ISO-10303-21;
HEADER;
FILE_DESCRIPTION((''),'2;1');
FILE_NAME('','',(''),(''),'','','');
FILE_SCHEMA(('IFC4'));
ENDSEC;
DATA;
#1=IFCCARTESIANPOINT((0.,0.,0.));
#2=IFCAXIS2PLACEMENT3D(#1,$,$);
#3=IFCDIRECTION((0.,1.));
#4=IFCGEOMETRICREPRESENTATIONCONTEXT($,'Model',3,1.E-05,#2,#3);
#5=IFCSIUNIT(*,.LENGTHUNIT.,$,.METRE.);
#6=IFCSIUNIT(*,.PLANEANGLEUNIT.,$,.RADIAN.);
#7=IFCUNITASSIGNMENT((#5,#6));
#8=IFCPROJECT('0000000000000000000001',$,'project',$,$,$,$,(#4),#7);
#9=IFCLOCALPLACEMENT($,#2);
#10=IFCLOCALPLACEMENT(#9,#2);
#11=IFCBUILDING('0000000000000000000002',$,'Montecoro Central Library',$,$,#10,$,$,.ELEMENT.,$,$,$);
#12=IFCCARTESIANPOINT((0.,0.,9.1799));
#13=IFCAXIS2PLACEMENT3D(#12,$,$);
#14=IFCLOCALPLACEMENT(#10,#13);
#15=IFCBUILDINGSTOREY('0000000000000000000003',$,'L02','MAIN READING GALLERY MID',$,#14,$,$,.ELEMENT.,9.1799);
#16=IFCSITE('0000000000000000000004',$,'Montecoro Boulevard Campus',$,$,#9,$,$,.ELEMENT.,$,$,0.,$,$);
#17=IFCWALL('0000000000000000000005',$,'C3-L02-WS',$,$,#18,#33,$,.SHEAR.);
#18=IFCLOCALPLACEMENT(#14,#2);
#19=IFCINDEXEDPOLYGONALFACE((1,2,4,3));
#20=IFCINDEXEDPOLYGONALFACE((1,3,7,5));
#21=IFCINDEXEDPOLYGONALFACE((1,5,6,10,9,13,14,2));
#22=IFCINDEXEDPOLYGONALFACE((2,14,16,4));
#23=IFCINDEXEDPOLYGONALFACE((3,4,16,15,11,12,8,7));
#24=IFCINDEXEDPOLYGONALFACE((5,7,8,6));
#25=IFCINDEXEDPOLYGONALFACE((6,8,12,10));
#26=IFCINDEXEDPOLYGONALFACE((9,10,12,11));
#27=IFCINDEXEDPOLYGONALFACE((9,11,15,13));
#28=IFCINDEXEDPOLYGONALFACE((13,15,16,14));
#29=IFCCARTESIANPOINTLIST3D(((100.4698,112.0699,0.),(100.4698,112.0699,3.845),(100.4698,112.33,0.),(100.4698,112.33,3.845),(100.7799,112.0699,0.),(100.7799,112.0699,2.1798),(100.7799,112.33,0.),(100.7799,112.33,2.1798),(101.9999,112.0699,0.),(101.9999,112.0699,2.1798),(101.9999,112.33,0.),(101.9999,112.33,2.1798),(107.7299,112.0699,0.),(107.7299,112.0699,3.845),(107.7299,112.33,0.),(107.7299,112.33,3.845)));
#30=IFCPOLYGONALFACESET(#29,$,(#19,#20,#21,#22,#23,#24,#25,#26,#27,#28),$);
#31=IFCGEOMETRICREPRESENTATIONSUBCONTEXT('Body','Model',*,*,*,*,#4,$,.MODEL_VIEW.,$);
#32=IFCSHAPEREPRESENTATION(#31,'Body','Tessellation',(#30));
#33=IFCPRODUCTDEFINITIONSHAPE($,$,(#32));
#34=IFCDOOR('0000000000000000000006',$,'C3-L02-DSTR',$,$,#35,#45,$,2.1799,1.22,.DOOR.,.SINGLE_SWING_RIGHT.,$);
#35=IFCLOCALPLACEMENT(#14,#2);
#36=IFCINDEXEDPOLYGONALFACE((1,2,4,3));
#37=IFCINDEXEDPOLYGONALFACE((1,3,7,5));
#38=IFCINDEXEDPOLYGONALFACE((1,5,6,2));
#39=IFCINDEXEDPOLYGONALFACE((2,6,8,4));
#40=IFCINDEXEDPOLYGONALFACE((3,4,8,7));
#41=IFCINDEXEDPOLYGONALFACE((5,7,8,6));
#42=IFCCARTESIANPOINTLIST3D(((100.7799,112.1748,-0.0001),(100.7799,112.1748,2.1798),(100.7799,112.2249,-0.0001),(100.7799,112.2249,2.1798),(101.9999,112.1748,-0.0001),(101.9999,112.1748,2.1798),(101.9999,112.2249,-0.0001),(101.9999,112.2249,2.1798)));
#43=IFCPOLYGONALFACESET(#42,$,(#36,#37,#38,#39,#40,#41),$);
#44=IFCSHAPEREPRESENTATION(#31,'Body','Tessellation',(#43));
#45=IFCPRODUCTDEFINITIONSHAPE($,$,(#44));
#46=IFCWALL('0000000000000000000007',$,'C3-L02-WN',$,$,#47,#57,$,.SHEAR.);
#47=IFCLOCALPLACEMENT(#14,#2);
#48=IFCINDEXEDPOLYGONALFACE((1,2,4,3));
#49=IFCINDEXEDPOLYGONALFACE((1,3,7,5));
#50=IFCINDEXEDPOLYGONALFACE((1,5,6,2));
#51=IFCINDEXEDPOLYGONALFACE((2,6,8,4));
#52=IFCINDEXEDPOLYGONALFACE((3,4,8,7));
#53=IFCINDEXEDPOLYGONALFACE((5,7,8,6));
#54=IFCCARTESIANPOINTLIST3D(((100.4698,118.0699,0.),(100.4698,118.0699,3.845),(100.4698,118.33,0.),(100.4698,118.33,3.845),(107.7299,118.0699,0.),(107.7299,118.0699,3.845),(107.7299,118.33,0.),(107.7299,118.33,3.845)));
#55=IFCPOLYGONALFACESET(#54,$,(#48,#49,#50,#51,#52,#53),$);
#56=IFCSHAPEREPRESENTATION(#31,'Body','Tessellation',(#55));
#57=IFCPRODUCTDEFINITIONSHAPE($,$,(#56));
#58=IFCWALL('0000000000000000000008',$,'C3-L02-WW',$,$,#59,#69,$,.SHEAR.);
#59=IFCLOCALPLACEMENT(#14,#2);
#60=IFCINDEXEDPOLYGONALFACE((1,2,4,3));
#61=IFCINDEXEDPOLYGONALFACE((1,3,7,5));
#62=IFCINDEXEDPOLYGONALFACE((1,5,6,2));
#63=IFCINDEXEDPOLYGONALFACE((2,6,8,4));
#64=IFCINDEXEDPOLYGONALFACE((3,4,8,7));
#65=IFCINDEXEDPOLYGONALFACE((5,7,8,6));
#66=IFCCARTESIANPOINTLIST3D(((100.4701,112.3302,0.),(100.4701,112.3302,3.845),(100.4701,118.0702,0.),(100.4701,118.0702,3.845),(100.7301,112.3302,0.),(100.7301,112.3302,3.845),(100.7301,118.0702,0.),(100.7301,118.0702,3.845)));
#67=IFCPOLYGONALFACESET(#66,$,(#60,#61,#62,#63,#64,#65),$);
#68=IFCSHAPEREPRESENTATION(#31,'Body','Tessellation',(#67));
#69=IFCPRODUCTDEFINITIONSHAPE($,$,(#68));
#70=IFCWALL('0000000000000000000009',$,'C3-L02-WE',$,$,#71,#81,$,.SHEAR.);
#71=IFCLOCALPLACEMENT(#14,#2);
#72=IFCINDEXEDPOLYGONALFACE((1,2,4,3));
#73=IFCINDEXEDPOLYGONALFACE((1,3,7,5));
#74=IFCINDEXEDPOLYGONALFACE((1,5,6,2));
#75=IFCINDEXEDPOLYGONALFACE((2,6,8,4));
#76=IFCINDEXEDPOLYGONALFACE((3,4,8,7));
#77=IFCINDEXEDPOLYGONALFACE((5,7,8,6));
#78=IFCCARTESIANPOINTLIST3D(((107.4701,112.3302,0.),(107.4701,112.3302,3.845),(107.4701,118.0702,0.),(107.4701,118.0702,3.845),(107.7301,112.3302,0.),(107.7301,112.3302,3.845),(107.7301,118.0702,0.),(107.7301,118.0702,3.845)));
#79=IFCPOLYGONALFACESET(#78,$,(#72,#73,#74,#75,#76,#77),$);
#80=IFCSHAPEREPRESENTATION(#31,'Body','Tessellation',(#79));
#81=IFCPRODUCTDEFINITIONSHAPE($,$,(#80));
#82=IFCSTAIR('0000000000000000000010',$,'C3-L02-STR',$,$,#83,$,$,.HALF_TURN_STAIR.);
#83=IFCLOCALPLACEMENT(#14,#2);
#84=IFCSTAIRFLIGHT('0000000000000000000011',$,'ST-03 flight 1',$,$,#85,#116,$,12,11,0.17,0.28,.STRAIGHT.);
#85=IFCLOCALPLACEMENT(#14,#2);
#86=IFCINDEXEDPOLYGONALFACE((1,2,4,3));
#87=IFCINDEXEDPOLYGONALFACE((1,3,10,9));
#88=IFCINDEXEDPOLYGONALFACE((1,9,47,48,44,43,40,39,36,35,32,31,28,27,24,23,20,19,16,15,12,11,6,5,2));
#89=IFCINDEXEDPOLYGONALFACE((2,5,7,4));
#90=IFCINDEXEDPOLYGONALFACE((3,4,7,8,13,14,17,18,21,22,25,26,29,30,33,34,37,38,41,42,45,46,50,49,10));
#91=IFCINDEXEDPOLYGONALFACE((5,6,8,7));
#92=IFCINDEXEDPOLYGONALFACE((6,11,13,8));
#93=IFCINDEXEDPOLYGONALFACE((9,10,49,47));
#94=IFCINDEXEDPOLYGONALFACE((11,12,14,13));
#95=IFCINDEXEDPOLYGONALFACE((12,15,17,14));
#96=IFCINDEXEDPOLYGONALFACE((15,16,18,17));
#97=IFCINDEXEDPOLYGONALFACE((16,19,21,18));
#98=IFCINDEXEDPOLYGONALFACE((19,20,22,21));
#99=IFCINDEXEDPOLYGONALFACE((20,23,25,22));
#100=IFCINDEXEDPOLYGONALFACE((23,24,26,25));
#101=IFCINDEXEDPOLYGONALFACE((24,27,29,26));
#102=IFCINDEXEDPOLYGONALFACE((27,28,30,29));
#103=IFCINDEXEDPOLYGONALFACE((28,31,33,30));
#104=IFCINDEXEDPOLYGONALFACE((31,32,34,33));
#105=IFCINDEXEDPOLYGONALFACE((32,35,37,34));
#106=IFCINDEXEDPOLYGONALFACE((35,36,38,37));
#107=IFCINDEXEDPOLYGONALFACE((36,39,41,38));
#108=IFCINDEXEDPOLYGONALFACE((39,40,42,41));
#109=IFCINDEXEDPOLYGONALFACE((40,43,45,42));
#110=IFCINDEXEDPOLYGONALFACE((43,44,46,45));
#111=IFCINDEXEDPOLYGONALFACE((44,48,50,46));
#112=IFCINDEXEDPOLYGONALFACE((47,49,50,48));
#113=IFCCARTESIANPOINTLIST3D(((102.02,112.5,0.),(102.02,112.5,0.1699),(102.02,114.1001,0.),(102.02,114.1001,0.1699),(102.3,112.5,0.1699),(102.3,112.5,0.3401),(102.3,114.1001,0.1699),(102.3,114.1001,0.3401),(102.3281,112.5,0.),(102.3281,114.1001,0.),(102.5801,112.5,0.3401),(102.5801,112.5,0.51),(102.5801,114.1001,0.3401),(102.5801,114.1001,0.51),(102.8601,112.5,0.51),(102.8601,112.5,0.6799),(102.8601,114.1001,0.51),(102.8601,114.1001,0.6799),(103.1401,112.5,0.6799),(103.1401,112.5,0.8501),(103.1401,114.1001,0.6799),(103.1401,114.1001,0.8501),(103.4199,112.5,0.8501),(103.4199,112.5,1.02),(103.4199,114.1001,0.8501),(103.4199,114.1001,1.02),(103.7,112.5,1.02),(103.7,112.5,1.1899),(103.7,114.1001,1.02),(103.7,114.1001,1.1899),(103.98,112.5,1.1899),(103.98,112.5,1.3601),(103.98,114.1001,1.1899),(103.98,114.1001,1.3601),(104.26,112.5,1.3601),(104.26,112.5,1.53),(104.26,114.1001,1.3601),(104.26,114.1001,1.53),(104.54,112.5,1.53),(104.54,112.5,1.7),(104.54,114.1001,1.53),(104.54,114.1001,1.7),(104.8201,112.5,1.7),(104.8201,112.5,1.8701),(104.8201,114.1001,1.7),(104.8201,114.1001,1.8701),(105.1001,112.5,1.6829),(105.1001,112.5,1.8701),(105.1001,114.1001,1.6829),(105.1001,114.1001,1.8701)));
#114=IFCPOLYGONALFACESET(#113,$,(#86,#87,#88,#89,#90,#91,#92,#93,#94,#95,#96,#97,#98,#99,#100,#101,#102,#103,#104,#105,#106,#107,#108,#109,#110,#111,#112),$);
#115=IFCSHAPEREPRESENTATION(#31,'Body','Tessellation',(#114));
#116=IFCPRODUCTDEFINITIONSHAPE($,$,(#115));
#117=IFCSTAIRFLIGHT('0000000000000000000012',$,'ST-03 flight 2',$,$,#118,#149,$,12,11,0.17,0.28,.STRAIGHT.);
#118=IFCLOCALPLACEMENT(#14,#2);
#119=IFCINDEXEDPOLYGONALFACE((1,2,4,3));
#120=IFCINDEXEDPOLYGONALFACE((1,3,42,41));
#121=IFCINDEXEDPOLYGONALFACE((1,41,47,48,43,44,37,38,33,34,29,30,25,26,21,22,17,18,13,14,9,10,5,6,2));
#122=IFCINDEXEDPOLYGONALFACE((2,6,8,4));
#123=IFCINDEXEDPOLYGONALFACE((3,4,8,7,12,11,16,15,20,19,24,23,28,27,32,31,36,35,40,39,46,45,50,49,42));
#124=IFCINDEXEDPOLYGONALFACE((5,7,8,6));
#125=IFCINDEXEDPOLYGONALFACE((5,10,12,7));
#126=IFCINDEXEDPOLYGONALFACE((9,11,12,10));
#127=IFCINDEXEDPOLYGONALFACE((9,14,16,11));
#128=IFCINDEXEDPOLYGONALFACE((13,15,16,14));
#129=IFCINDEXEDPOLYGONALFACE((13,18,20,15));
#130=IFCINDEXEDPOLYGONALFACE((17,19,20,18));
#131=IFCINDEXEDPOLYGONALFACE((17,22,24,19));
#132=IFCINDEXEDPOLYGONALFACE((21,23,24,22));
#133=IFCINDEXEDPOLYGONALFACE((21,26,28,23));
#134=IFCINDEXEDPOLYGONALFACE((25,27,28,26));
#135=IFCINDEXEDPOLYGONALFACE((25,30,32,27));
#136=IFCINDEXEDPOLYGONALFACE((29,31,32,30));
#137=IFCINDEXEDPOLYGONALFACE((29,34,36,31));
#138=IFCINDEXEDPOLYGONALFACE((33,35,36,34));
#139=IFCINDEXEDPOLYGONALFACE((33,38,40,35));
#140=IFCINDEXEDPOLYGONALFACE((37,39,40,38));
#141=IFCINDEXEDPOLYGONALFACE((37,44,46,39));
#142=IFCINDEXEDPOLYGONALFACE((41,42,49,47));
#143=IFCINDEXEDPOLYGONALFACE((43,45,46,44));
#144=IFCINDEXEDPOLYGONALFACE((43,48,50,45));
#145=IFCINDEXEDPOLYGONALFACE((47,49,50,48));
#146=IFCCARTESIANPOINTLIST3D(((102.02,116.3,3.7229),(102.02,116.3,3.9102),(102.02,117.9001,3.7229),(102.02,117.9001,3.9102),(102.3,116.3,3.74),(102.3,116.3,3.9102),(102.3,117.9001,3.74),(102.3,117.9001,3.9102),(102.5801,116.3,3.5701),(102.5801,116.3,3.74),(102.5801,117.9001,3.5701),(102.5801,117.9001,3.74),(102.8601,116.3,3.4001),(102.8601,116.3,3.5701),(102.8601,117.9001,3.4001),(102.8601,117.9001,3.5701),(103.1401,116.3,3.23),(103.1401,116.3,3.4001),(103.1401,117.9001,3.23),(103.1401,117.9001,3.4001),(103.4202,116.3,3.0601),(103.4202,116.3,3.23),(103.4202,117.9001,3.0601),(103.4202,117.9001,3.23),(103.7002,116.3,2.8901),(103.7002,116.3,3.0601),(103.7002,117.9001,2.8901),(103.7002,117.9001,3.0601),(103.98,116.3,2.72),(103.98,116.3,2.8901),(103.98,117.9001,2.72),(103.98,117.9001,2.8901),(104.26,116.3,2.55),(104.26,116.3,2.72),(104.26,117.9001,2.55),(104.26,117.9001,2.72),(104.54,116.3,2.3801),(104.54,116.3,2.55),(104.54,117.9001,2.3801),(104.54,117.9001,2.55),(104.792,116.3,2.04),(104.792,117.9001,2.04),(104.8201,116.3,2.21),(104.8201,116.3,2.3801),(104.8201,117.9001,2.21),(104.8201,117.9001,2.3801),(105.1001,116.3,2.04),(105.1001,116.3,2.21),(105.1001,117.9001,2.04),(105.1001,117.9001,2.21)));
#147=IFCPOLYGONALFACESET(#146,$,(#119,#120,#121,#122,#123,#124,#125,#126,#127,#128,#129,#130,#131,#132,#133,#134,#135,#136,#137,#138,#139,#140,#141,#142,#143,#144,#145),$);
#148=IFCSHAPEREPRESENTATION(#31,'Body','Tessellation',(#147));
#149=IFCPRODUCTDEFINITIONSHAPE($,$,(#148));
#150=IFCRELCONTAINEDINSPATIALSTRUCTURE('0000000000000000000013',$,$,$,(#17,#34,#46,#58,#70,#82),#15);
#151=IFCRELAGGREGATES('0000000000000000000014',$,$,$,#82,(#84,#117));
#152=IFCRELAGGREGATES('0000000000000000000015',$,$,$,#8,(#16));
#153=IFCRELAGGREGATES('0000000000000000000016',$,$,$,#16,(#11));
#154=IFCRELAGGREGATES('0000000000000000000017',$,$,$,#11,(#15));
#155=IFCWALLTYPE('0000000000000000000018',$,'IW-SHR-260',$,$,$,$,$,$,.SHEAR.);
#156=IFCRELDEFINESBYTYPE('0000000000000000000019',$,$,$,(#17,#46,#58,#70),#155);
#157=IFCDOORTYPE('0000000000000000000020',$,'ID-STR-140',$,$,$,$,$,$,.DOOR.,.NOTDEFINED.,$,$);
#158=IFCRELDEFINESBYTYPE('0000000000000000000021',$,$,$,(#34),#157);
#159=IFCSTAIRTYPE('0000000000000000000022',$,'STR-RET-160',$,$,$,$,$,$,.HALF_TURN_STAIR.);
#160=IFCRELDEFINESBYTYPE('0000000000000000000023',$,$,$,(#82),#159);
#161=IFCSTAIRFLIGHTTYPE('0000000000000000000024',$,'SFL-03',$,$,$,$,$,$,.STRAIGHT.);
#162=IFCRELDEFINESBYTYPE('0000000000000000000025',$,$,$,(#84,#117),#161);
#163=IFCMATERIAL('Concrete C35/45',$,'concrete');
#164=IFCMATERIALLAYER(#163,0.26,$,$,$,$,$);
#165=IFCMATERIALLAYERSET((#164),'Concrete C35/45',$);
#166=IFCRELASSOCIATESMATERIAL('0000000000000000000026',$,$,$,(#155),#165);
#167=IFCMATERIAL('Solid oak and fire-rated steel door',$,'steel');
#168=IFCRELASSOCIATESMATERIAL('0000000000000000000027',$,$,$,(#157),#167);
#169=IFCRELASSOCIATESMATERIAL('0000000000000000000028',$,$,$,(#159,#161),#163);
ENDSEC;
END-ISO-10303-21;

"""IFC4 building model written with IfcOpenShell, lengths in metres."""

from ifc_helpers import new_model, si_unit, direction, frame, frame_2d, origin, place, context, subcontext, project, spatial, polyline, rectangle, outline, extrude, material, layer, layer_set, type_object, element, fill, aggregate, save


model = new_model("IFC4")

# Units and contexts
model_context = context("Model", 3, precision=1e-05, world=origin(), true_north=direction((0.0, 1.0)))
body_context = subcontext(model_context, "Body", "Model", "MODEL_VIEW")
ifc_project = project(units=[si_unit("LENGTHUNIT", "METRE"), si_unit("PLANEANGLEUNIT", "RADIAN")], contexts=[model_context])

# Site, building, storey
site_placement = place(None, origin())
site = spatial("IfcSite", under=ifc_project, at=site_placement, Name="Montecoro Boulevard Campus", CompositionType="ELEMENT", RefElevation=0.0)
building_placement = place(site_placement, origin())
building = spatial("IfcBuilding", under=site, at=building_placement, Name="Montecoro Central Library", CompositionType="ELEMENT")
storey_placement = place(building_placement, frame((0.0, 0.0, 9.1799)))
storey = spatial("IfcBuildingStorey", under=building, at=storey_placement, Name="L02", Description="MAIN READING GALLERY MID", CompositionType="ELEMENT", Elevation=9.1799)

# Shared definitions
ifc_material_1 = material(Name="Concrete C35/45", Category="concrete")

# Shared definitions
ifc_layer_1 = layer(ifc_material_1, 0.26)
ifc_layer_set_1 = layer_set([ifc_layer_1], Name="Concrete C35/45")
wall_type_1 = type_object("IfcWallType", Name="IW-SHR-260", PredefinedType="SHEAR", material=ifc_layer_set_1)

# Wall, opening, door
wall_1_placement = place(storey_placement, frame((100.47, 112.2, 0.0), z_axis=(0.0, 0.0, 1.0), x_axis=(1.0, 0.0, 0.0)))
wall_1 = element("IfcWall", 1, at=wall_1_placement, inside=storey, type_object=wall_type_1, Name="C3-L02-WS", PredefinedType="SHEAR", context=body_context, shape_type="SweptSolid", body=[
    extrude(rectangle(XDim=7.26, YDim=0.26, at=frame_2d((3.6299, 0.0))), origin(), (0.0, 0.0, 1.0), 3.845),
])
opening_1_placement = place(wall_1_placement, frame((0.3101, 0.0, 0.0)))
opening_1 = element("IfcOpeningElement", 2, at=opening_1_placement, cuts=wall_1, PredefinedType="OPENING", context=body_context, shape_type="SweptSolid", body=[
    extrude(rectangle(XDim=1.22, YDim=2.1799, at=frame_2d((0.6099, 1.0898))), frame((0.0, 0.1399, 0.0), z_axis=(0.0, -1.0, 0.0), x_axis=(1.0, 0.0, 0.0)), (0.0, 0.0, 1.0), 0.28),
])
ifc_material_2 = material(Name="Solid oak and fire-rated steel door", Category="steel")
door_type_1 = type_object("IfcDoorType", Name="ID-STR-140", OperationType="NOTDEFINED", PredefinedType="DOOR", material=ifc_material_2)
door_1_placement = place(opening_1_placement, origin())
door_1 = element("IfcDoor", 3, at=door_1_placement, inside=storey, type_object=door_type_1, Name="C3-L02-DSTR", OperationType="SINGLE_SWING_RIGHT", OverallHeight=2.1799, OverallWidth=1.22, PredefinedType="DOOR", context=body_context, shape_type="SweptSolid", body=[
    extrude(rectangle(XDim=1.22, YDim=2.1799, at=frame_2d((0.6099, 1.0898))), frame((0.0, 0.0249, 0.0), z_axis=(0.0, -1.0, 0.0), x_axis=(1.0, 0.0, 0.0)), (0.0, 0.0, 1.0), 0.05),
])
fill(opening_1, door_1)

# Walls
wall_2_placement = place(storey_placement, frame((100.47, 118.2, 0.0), z_axis=(0.0, 0.0, 1.0), x_axis=(1.0, 0.0, 0.0)))
element("IfcWall", 4, at=wall_2_placement, inside=storey, type_object=wall_type_1, Name="C3-L02-WN", PredefinedType="SHEAR", context=body_context, shape_type="SweptSolid", body=[
    extrude(rectangle(XDim=7.26, YDim=0.26, at=frame_2d((3.6299, 0.0))), origin(), (0.0, 0.0, 1.0), 3.845),
])
for number, where, z_axis, x_axis, name in (
    (5, (100.6001, 112.3301, 0.0), (0.0, 0.0, 1.0), (0.0, 1.0, 0.0), "C3-L02-WW"),
    (6, (107.6001, 112.3301, 0.0), (0.0, 0.0, 1.0), (0.0, 1.0, 0.0), "C3-L02-WE"),
):
    element("IfcWall", number, at=place(storey_placement, frame(where, z_axis=z_axis, x_axis=x_axis)), inside=storey, type_object=wall_type_1, Name=name, PredefinedType="SHEAR", context=body_context, shape_type="SweptSolid", body=[
        extrude(rectangle(XDim=5.74, YDim=0.26, at=frame_2d((2.8701, 0.0))), origin(), (0.0, 0.0, 1.0), 3.845),
    ])

# Stair, stair flights
stair_type = type_object("IfcStairType", Name="STR-RET-160", PredefinedType="HALF_TURN_STAIR", material=ifc_material_1)
stair_placement = place(storey_placement, origin())
stair = element("IfcStair", 7, at=stair_placement, inside=storey, type_object=stair_type, Name="C3-L02-STR", PredefinedType="HALF_TURN_STAIR")
stair_flight_type = type_object("IfcStairFlightType", Name="SFL-03", PredefinedType="STRAIGHT", material=ifc_material_1)
stair_flight_1_placement = place(storey_placement, frame((102.02, 113.3, 0.0), z_axis=(0.0, 0.0, 1.0), x_axis=(1.0, 0.0, 0.0)))
stair_flight_1 = element("IfcStairFlight", 8, at=stair_flight_1_placement, type_object=stair_flight_type, Name="ST-03 flight 1", NumberOfRisers=12, NumberOfTreads=11, PredefinedType="STRAIGHT", RiserHeight=0.17, TreadLength=0.28, context=body_context, shape_type="SweptSolid", body=[
    extrude(outline(polyline([(0.0, 0.0), (0.0, 0.1699), (0.28, 0.1699), (0.28, 0.3401), (0.5601, 0.3401), (0.5601, 0.51), (0.8401, 0.51), (0.8401, 0.6799), (1.1201, 0.6799), (1.1201, 0.8501), (1.3999, 0.8501), (1.3999, 1.02), (1.6799, 1.02), (1.6799, 1.1899), (1.96, 1.1899), (1.96, 1.3601), (2.24, 1.3601), (2.24, 1.53), (2.52, 1.53), (2.52, 1.7), (2.8, 1.7), (2.8, 1.8701), (3.0801, 1.8701), (3.0801, 2.04), (3.0801, 1.6829), (0.3081, 0.0), (0.0, 0.0)])), frame((0.0, 0.8, 0.0), z_axis=(0.0, -1.0, 0.0), x_axis=(1.0, 0.0, 0.0)), (0.0, 0.0, 1.0), 1.6001),
])
stair_flight_2_placement = place(storey_placement, frame((105.1001, 117.1001, 2.04), z_axis=(0.0, 0.0, 1.0), x_axis=(-1.0, 0.0, 0.0)))
stair_flight_2 = element("IfcStairFlight", 9, at=stair_flight_2_placement, type_object=stair_flight_type, Name="ST-03 flight 2", NumberOfRisers=12, NumberOfTreads=11, PredefinedType="STRAIGHT", RiserHeight=0.17, TreadLength=0.28, context=body_context, shape_type="SweptSolid", body=[
    extrude(outline(polyline([(0.0, 0.0), (0.0, 0.1699), (0.28, 0.1699), (0.28, 0.3401), (0.5601, 0.3401), (0.5601, 0.51), (0.8401, 0.51), (0.8401, 0.6799), (1.1201, 0.6799), (1.1201, 0.8501), (1.3999, 0.8501), (1.3999, 1.02), (1.6799, 1.02), (1.6799, 1.1899), (1.96, 1.1899), (1.96, 1.3601), (2.24, 1.3601), (2.24, 1.53), (2.52, 1.53), (2.52, 1.7), (2.8, 1.7), (2.8, 1.8701), (3.0801, 1.8701), (3.0801, 2.04), (3.0801, 1.6829), (0.3081, 0.0), (0.0, 0.0)])), frame((0.0, 0.8, 0.0), z_axis=(0.0, -1.0, 0.0), x_axis=(1.0, 0.0, 0.0)), (0.0, 0.0, 1.0), 1.6001),
])
aggregate(stair, [stair_flight_1, stair_flight_2])

save(model, "model.ifc")
